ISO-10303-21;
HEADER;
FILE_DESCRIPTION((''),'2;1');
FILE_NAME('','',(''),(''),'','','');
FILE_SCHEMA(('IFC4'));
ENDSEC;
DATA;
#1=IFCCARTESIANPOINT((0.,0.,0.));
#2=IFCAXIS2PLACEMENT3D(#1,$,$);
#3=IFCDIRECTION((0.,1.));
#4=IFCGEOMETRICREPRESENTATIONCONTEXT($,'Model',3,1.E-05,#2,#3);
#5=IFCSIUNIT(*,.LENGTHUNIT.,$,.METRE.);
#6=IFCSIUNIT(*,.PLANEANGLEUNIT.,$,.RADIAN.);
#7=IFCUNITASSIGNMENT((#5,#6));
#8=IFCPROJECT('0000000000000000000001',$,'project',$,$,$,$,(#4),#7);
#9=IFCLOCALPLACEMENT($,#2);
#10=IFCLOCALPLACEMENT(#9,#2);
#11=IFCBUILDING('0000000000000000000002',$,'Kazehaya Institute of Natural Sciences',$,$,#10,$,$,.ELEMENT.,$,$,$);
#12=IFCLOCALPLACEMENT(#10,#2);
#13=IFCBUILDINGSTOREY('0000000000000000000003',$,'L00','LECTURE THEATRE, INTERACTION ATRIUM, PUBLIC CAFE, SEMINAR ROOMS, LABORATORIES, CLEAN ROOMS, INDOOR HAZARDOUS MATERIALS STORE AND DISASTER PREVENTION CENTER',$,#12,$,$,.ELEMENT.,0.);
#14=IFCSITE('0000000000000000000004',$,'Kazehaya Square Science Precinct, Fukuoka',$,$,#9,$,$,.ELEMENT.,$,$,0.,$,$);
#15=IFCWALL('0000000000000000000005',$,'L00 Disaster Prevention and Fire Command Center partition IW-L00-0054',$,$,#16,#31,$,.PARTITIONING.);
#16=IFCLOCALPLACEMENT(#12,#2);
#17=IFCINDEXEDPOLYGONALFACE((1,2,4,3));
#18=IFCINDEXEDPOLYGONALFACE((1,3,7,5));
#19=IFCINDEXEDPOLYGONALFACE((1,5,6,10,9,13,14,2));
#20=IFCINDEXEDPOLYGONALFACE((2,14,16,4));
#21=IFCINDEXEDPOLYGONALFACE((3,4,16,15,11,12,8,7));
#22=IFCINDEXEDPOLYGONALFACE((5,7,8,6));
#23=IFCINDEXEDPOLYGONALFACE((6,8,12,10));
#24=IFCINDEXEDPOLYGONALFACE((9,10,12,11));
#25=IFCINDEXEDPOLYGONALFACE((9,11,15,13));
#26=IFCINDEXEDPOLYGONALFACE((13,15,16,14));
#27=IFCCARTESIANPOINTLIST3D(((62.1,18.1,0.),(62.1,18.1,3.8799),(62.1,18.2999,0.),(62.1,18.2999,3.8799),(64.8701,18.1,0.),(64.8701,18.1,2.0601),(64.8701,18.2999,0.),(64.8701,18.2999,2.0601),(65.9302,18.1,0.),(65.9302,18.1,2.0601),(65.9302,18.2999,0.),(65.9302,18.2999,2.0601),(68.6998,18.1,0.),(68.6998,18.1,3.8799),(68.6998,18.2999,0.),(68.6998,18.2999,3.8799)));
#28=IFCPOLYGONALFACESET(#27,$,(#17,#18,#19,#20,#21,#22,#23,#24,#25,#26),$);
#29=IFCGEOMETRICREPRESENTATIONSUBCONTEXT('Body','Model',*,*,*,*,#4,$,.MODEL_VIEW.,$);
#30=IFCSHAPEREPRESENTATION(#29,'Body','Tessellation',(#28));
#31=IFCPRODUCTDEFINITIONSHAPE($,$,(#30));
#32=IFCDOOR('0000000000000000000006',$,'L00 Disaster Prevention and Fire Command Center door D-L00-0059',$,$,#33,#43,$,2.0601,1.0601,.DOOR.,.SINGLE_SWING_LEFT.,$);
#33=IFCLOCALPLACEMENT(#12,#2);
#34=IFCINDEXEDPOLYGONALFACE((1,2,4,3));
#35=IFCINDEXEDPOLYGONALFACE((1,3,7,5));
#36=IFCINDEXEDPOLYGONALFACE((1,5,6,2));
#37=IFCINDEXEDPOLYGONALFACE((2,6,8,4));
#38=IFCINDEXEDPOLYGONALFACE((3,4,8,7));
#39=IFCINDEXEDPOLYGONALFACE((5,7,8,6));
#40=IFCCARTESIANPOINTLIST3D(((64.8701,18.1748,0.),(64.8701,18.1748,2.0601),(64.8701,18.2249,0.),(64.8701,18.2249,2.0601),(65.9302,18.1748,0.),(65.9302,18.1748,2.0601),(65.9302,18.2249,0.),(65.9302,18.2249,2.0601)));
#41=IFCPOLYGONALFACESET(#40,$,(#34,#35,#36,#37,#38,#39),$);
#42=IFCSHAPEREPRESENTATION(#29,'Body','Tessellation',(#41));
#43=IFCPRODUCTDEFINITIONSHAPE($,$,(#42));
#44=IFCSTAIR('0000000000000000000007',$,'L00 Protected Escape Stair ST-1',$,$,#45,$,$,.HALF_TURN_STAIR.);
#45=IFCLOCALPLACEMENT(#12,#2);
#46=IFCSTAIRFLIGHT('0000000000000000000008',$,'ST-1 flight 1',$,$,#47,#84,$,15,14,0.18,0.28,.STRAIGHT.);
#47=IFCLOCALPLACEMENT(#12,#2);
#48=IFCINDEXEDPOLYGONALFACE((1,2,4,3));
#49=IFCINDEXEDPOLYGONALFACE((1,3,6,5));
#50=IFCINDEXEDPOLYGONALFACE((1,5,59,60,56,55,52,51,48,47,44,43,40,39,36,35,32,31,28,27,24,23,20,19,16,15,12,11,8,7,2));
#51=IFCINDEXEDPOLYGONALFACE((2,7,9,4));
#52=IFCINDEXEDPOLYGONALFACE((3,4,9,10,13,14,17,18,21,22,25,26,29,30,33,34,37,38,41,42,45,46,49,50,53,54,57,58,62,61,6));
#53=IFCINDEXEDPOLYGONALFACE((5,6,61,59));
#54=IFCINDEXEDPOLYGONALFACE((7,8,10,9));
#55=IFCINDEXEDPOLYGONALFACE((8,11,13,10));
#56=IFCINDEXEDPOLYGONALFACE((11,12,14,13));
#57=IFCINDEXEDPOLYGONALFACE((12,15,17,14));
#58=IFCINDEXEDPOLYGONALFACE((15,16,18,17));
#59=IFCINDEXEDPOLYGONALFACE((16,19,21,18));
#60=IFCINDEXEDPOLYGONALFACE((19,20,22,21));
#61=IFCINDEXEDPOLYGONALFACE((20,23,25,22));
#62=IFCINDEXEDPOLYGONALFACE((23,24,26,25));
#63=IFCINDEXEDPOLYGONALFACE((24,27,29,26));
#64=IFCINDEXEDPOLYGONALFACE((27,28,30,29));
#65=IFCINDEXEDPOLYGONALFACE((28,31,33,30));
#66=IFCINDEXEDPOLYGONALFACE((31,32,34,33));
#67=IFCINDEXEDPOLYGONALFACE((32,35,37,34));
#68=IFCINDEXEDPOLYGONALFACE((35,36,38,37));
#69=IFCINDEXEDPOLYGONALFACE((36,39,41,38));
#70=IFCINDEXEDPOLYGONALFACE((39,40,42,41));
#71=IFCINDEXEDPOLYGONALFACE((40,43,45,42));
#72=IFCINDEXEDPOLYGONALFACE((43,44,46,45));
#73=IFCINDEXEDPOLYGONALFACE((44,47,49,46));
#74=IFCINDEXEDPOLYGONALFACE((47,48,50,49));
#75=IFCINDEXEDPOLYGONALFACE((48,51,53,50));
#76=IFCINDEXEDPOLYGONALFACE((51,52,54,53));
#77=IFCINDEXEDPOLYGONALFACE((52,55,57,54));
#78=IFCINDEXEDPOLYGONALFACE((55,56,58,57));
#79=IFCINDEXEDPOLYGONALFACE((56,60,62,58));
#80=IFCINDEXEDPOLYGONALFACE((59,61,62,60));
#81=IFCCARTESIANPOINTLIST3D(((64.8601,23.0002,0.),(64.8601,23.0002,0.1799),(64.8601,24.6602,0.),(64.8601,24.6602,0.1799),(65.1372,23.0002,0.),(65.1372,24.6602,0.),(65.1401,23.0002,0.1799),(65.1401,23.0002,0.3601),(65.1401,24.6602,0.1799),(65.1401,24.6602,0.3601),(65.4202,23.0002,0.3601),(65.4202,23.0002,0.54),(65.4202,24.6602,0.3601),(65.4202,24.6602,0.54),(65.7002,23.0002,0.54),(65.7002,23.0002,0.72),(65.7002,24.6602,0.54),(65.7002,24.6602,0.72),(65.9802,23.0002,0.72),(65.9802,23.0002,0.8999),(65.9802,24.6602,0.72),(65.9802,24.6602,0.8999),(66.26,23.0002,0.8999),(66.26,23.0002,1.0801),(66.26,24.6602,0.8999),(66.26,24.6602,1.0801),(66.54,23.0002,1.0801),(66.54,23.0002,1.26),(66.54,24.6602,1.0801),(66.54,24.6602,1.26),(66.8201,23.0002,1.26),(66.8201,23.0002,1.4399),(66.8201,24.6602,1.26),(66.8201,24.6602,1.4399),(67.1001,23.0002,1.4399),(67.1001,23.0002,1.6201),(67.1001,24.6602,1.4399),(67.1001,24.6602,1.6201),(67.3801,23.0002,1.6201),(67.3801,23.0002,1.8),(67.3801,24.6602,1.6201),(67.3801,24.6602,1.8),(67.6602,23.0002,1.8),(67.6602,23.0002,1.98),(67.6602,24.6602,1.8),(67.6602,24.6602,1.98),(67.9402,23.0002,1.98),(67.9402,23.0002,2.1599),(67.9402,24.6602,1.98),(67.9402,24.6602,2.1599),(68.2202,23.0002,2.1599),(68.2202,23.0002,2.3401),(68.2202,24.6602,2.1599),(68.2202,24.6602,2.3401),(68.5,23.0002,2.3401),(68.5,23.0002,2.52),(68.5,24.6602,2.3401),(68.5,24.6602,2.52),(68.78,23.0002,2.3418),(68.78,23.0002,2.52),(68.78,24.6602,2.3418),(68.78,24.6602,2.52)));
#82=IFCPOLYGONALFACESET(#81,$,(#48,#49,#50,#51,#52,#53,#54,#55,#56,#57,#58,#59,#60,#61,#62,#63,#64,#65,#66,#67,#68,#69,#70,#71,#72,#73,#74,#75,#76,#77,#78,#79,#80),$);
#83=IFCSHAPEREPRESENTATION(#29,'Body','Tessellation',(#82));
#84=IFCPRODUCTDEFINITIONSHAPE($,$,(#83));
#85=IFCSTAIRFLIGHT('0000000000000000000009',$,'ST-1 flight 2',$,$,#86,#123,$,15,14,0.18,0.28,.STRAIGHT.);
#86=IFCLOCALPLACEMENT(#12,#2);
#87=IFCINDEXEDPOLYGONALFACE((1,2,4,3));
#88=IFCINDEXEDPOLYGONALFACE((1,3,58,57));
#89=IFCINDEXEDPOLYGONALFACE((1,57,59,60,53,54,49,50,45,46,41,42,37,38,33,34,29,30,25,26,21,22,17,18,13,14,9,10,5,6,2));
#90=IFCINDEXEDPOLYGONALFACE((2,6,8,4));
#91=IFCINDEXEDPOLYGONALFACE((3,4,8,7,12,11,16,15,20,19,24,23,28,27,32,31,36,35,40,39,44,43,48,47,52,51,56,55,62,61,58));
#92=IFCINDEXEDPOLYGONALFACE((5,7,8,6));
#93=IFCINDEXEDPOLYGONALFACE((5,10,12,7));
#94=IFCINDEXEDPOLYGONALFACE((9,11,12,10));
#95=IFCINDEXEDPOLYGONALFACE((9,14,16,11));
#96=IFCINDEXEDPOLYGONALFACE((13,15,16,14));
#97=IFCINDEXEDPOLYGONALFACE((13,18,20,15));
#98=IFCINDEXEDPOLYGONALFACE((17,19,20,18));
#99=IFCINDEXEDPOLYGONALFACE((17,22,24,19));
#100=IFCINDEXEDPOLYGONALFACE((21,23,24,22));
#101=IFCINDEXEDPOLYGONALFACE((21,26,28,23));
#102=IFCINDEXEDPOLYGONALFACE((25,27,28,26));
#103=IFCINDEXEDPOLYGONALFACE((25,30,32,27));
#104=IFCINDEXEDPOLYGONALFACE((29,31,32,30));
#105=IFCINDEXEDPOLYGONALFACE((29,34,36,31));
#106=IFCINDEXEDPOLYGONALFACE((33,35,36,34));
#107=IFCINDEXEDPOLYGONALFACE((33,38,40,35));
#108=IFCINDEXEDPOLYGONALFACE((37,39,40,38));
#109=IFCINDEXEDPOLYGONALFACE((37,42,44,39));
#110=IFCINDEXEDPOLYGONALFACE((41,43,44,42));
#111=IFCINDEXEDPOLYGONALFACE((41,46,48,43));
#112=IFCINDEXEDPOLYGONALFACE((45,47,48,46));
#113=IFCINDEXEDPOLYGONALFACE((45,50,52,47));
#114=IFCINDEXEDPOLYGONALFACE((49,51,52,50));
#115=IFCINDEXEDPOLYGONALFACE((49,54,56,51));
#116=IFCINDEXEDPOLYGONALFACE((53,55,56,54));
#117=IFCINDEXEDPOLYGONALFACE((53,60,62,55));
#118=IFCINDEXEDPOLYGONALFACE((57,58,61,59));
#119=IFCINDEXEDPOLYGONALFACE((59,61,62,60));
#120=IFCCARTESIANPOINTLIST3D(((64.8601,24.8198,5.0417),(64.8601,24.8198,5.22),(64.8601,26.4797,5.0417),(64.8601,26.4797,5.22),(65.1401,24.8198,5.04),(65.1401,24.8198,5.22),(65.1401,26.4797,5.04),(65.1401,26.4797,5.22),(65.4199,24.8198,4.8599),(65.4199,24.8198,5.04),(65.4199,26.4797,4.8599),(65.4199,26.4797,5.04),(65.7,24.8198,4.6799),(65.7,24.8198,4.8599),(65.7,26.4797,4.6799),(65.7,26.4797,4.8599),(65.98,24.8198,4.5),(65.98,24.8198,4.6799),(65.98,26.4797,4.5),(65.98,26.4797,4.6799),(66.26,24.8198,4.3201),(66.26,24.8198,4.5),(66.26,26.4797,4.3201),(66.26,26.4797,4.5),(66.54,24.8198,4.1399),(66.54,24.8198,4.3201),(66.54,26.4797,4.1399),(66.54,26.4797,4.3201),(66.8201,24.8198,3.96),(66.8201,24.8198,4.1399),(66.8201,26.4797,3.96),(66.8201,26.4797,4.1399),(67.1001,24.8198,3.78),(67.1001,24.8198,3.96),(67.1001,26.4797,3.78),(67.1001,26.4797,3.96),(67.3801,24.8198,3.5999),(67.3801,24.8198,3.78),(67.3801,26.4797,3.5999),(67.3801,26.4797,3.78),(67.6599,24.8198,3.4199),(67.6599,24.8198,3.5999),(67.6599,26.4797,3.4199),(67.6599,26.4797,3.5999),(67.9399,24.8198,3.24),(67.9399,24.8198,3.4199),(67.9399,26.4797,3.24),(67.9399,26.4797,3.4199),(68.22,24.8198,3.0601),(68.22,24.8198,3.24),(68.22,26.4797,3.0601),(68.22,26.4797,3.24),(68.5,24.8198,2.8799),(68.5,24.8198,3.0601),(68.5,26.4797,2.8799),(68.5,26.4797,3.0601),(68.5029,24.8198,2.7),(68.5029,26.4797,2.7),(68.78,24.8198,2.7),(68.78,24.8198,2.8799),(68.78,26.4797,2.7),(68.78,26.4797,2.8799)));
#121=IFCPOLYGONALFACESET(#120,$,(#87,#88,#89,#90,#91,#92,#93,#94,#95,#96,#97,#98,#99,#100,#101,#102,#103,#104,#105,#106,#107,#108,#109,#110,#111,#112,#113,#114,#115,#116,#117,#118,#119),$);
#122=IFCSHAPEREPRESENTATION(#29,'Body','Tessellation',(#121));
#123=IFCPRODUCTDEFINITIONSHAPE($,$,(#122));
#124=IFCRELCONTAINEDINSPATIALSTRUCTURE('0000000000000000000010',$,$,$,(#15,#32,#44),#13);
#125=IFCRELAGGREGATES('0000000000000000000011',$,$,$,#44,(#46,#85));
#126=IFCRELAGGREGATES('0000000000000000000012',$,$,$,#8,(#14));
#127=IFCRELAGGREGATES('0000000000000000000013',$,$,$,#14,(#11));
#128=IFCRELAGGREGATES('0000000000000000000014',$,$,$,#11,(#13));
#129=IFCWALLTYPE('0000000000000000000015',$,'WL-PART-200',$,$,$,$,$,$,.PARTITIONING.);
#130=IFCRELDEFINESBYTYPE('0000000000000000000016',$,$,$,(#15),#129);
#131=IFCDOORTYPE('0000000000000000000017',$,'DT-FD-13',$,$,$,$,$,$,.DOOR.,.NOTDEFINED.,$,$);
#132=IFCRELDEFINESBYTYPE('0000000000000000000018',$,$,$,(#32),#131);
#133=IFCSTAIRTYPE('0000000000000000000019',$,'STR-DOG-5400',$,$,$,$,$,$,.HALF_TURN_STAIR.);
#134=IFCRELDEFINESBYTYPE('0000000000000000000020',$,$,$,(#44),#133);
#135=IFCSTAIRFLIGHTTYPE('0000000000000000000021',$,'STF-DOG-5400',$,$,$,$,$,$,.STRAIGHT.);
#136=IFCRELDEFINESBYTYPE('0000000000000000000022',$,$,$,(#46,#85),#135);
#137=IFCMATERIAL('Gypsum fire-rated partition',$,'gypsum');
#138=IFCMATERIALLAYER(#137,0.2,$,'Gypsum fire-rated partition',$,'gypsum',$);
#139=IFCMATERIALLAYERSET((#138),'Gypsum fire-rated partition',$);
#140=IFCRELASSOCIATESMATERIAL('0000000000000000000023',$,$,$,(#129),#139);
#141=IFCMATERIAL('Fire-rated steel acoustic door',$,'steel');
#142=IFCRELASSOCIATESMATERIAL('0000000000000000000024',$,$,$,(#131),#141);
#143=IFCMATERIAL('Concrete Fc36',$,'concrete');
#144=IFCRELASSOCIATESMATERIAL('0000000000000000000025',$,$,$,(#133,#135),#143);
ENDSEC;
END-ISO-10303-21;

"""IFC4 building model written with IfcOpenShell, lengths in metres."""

from ifc_helpers import new_model, si_unit, direction, frame, frame_2d, origin, place, context, subcontext, project, spatial, polyline, rectangle, outline, extrude, material, layer, layer_set, type_object, element, fill, aggregate, save


model = new_model("IFC4")

# Units and contexts
model_context = context("Model", 3, precision=1e-05, world=origin(), true_north=direction((0.0, 1.0)))
body_context = subcontext(model_context, "Body", "Model", "MODEL_VIEW")
ifc_project = project(units=[si_unit("LENGTHUNIT", "METRE"), si_unit("PLANEANGLEUNIT", "RADIAN")], contexts=[model_context])

# Site, building, storey
site_placement = place(None, origin())
site = spatial("IfcSite", under=ifc_project, at=site_placement, Name="Kazehaya Square Science Precinct, Fukuoka", CompositionType="ELEMENT", RefElevation=0.0)
building_placement = place(site_placement, origin())
building = spatial("IfcBuilding", under=site, at=building_placement, Name="Kazehaya Institute of Natural Sciences", CompositionType="ELEMENT")
storey_placement = place(building_placement, origin())
storey = spatial("IfcBuildingStorey", under=building, at=storey_placement, Name="L00", Description="LECTURE THEATRE, INTERACTION ATRIUM, PUBLIC CAFE, SEMINAR ROOMS, LABORATORIES, CLEAN ROOMS, INDOOR HAZARDOUS MATERIALS STORE AND DISASTER PREVENTION CENTER", CompositionType="ELEMENT", Elevation=0.0)

# Shared definitions
ifc_material_1 = material(Name="Concrete Fc36", Category="concrete")

# Wall, opening, door
ifc_material_2 = material(Name="Fire-rated steel acoustic door", Category="steel")
ifc_material_3 = material(Name="Gypsum fire-rated partition", Category="gypsum")
ifc_layer_1 = layer(ifc_material_3, 0.2, Name="Gypsum fire-rated partition", Category="gypsum")
ifc_layer_set_1 = layer_set([ifc_layer_1], Name="Gypsum fire-rated partition")
wall_type_1 = type_object("IfcWallType", Name="WL-PART-200", PredefinedType="PARTITIONING", material=ifc_layer_set_1)
wall_1_placement = place(storey_placement, frame((62.1001, 18.2, 0.0), z_axis=(0.0, 0.0, 1.0), x_axis=(1.0, 0.0, 0.0)))
wall_1 = element("IfcWall", 1, at=wall_1_placement, inside=storey, type_object=wall_type_1, Name="L00 Disaster Prevention and Fire Command Center partition IW-L00-0054", PredefinedType="PARTITIONING", context=body_context, shape_type="SweptSolid", body=[
    extrude(rectangle(XDim=6.5999, YDim=0.2, at=frame_2d((3.2998, 0.0))), origin(), (0.0, 0.0, 1.0), 3.8799),
])
opening_1_placement = place(wall_1_placement, frame((2.77, 0.0, 0.0)))
opening_1 = element("IfcOpeningElement", 2, at=opening_1_placement, cuts=wall_1, PredefinedType="OPENING", context=body_context, shape_type="SweptSolid", body=[
    extrude(rectangle(XDim=1.0601, YDim=2.0601, at=frame_2d((0.53, 1.03))), frame((0.0, 0.1099, 0.0), z_axis=(0.0, -1.0, 0.0), x_axis=(1.0, 0.0, 0.0)), (0.0, 0.0, 1.0), 0.22),
])
door_type_1 = type_object("IfcDoorType", Name="DT-FD-13", OperationType="NOTDEFINED", PredefinedType="DOOR", material=ifc_material_2)
door_1_placement = place(opening_1_placement, origin())
door_1 = element("IfcDoor", 3, at=door_1_placement, inside=storey, type_object=door_type_1, Name="L00 Disaster Prevention and Fire Command Center door D-L00-0059", OperationType="SINGLE_SWING_LEFT", OverallHeight=2.0601, OverallWidth=1.0601, PredefinedType="DOOR", context=body_context, shape_type="SweptSolid", body=[
    extrude(rectangle(XDim=1.0601, YDim=2.0601, at=frame_2d((0.53, 1.03))), frame((0.0, 0.0249, 0.0), z_axis=(0.0, -1.0, 0.0), x_axis=(1.0, 0.0, 0.0)), (0.0, 0.0, 1.0), 0.05),
])
fill(opening_1, door_1)

# Stair, stair flights
stair_type = type_object("IfcStairType", Name="STR-DOG-5400", PredefinedType="HALF_TURN_STAIR", material=ifc_material_1)
stair_placement = place(storey_placement, origin())
stair = element("IfcStair", 4, at=stair_placement, inside=storey, type_object=stair_type, Name="L00 Protected Escape Stair ST-1", PredefinedType="HALF_TURN_STAIR")
stair_flight_type = type_object("IfcStairFlightType", Name="STF-DOG-5400", PredefinedType="STRAIGHT", material=ifc_material_1)
stair_flight_1_placement = place(storey_placement, frame((64.8601, 23.8301, 0.0), z_axis=(0.0, 0.0, 1.0), x_axis=(1.0, 0.0, 0.0)))
stair_flight_1 = element("IfcStairFlight", 5, at=stair_flight_1_placement, type_object=stair_flight_type, Name="ST-1 flight 1", NumberOfRisers=15, NumberOfTreads=14, PredefinedType="STRAIGHT", RiserHeight=0.18, TreadLength=0.28, context=body_context, shape_type="SweptSolid", body=[
    extrude(outline(polyline([(0.0, 0.0), (0.0, 0.1799), (0.28, 0.1799), (0.28, 0.3601), (0.5601, 0.3601), (0.5601, 0.54), (0.8401, 0.54), (0.8401, 0.72), (1.1201, 0.72), (1.1201, 0.8999), (1.3999, 0.8999), (1.3999, 1.0801), (1.6799, 1.0801), (1.6799, 1.26), (1.96, 1.26), (1.96, 1.4399), (2.24, 1.4399), (2.24, 1.6201), (2.52, 1.6201), (2.52, 1.8), (2.8, 1.8), (2.8, 1.98), (3.0801, 1.98), (3.0801, 2.1599), (3.3601, 2.1599), (3.3601, 2.3401), (3.6399, 2.3401), (3.6399, 2.52), (3.9199, 2.52), (3.9199, 2.7), (3.9199, 2.3418), (0.2771, 0.0), (0.0, 0.0)])), frame((0.0, 0.8301, 0.0), z_axis=(0.0, -1.0, 0.0), x_axis=(1.0, 0.0, 0.0)), (0.0, 0.0, 1.0), 1.6599),
])
stair_flight_2_placement = place(storey_placement, frame((68.78, 25.6499, 2.7), z_axis=(0.0, 0.0, 1.0), x_axis=(-1.0, 0.0, 0.0)))
stair_flight_2 = element("IfcStairFlight", 6, at=stair_flight_2_placement, type_object=stair_flight_type, Name="ST-1 flight 2", NumberOfRisers=15, NumberOfTreads=14, PredefinedType="STRAIGHT", RiserHeight=0.18, TreadLength=0.28, context=body_context, shape_type="SweptSolid", body=[
    extrude(outline(polyline([(0.0, 0.0), (0.0, 0.1799), (0.28, 0.1799), (0.28, 0.3601), (0.5601, 0.3601), (0.5601, 0.54), (0.8401, 0.54), (0.8401, 0.72), (1.1201, 0.72), (1.1201, 0.8999), (1.3999, 0.8999), (1.3999, 1.0801), (1.6799, 1.0801), (1.6799, 1.26), (1.96, 1.26), (1.96, 1.4399), (2.24, 1.4399), (2.24, 1.6201), (2.52, 1.6201), (2.52, 1.8), (2.8, 1.8), (2.8, 1.98), (3.0801, 1.98), (3.0801, 2.1599), (3.3601, 2.1599), (3.3601, 2.3401), (3.6399, 2.3401), (3.6399, 2.52), (3.9199, 2.52), (3.9199, 2.7), (3.9199, 2.3418), (0.2771, 0.0), (0.0, 0.0)])), frame((0.0, 0.8301, 0.0), z_axis=(0.0, -1.0, 0.0), x_axis=(1.0, 0.0, 0.0)), (0.0, 0.0, 1.0), 1.6599),
])
aggregate(stair, [stair_flight_1, stair_flight_2])

save(model, "model.ifc")
